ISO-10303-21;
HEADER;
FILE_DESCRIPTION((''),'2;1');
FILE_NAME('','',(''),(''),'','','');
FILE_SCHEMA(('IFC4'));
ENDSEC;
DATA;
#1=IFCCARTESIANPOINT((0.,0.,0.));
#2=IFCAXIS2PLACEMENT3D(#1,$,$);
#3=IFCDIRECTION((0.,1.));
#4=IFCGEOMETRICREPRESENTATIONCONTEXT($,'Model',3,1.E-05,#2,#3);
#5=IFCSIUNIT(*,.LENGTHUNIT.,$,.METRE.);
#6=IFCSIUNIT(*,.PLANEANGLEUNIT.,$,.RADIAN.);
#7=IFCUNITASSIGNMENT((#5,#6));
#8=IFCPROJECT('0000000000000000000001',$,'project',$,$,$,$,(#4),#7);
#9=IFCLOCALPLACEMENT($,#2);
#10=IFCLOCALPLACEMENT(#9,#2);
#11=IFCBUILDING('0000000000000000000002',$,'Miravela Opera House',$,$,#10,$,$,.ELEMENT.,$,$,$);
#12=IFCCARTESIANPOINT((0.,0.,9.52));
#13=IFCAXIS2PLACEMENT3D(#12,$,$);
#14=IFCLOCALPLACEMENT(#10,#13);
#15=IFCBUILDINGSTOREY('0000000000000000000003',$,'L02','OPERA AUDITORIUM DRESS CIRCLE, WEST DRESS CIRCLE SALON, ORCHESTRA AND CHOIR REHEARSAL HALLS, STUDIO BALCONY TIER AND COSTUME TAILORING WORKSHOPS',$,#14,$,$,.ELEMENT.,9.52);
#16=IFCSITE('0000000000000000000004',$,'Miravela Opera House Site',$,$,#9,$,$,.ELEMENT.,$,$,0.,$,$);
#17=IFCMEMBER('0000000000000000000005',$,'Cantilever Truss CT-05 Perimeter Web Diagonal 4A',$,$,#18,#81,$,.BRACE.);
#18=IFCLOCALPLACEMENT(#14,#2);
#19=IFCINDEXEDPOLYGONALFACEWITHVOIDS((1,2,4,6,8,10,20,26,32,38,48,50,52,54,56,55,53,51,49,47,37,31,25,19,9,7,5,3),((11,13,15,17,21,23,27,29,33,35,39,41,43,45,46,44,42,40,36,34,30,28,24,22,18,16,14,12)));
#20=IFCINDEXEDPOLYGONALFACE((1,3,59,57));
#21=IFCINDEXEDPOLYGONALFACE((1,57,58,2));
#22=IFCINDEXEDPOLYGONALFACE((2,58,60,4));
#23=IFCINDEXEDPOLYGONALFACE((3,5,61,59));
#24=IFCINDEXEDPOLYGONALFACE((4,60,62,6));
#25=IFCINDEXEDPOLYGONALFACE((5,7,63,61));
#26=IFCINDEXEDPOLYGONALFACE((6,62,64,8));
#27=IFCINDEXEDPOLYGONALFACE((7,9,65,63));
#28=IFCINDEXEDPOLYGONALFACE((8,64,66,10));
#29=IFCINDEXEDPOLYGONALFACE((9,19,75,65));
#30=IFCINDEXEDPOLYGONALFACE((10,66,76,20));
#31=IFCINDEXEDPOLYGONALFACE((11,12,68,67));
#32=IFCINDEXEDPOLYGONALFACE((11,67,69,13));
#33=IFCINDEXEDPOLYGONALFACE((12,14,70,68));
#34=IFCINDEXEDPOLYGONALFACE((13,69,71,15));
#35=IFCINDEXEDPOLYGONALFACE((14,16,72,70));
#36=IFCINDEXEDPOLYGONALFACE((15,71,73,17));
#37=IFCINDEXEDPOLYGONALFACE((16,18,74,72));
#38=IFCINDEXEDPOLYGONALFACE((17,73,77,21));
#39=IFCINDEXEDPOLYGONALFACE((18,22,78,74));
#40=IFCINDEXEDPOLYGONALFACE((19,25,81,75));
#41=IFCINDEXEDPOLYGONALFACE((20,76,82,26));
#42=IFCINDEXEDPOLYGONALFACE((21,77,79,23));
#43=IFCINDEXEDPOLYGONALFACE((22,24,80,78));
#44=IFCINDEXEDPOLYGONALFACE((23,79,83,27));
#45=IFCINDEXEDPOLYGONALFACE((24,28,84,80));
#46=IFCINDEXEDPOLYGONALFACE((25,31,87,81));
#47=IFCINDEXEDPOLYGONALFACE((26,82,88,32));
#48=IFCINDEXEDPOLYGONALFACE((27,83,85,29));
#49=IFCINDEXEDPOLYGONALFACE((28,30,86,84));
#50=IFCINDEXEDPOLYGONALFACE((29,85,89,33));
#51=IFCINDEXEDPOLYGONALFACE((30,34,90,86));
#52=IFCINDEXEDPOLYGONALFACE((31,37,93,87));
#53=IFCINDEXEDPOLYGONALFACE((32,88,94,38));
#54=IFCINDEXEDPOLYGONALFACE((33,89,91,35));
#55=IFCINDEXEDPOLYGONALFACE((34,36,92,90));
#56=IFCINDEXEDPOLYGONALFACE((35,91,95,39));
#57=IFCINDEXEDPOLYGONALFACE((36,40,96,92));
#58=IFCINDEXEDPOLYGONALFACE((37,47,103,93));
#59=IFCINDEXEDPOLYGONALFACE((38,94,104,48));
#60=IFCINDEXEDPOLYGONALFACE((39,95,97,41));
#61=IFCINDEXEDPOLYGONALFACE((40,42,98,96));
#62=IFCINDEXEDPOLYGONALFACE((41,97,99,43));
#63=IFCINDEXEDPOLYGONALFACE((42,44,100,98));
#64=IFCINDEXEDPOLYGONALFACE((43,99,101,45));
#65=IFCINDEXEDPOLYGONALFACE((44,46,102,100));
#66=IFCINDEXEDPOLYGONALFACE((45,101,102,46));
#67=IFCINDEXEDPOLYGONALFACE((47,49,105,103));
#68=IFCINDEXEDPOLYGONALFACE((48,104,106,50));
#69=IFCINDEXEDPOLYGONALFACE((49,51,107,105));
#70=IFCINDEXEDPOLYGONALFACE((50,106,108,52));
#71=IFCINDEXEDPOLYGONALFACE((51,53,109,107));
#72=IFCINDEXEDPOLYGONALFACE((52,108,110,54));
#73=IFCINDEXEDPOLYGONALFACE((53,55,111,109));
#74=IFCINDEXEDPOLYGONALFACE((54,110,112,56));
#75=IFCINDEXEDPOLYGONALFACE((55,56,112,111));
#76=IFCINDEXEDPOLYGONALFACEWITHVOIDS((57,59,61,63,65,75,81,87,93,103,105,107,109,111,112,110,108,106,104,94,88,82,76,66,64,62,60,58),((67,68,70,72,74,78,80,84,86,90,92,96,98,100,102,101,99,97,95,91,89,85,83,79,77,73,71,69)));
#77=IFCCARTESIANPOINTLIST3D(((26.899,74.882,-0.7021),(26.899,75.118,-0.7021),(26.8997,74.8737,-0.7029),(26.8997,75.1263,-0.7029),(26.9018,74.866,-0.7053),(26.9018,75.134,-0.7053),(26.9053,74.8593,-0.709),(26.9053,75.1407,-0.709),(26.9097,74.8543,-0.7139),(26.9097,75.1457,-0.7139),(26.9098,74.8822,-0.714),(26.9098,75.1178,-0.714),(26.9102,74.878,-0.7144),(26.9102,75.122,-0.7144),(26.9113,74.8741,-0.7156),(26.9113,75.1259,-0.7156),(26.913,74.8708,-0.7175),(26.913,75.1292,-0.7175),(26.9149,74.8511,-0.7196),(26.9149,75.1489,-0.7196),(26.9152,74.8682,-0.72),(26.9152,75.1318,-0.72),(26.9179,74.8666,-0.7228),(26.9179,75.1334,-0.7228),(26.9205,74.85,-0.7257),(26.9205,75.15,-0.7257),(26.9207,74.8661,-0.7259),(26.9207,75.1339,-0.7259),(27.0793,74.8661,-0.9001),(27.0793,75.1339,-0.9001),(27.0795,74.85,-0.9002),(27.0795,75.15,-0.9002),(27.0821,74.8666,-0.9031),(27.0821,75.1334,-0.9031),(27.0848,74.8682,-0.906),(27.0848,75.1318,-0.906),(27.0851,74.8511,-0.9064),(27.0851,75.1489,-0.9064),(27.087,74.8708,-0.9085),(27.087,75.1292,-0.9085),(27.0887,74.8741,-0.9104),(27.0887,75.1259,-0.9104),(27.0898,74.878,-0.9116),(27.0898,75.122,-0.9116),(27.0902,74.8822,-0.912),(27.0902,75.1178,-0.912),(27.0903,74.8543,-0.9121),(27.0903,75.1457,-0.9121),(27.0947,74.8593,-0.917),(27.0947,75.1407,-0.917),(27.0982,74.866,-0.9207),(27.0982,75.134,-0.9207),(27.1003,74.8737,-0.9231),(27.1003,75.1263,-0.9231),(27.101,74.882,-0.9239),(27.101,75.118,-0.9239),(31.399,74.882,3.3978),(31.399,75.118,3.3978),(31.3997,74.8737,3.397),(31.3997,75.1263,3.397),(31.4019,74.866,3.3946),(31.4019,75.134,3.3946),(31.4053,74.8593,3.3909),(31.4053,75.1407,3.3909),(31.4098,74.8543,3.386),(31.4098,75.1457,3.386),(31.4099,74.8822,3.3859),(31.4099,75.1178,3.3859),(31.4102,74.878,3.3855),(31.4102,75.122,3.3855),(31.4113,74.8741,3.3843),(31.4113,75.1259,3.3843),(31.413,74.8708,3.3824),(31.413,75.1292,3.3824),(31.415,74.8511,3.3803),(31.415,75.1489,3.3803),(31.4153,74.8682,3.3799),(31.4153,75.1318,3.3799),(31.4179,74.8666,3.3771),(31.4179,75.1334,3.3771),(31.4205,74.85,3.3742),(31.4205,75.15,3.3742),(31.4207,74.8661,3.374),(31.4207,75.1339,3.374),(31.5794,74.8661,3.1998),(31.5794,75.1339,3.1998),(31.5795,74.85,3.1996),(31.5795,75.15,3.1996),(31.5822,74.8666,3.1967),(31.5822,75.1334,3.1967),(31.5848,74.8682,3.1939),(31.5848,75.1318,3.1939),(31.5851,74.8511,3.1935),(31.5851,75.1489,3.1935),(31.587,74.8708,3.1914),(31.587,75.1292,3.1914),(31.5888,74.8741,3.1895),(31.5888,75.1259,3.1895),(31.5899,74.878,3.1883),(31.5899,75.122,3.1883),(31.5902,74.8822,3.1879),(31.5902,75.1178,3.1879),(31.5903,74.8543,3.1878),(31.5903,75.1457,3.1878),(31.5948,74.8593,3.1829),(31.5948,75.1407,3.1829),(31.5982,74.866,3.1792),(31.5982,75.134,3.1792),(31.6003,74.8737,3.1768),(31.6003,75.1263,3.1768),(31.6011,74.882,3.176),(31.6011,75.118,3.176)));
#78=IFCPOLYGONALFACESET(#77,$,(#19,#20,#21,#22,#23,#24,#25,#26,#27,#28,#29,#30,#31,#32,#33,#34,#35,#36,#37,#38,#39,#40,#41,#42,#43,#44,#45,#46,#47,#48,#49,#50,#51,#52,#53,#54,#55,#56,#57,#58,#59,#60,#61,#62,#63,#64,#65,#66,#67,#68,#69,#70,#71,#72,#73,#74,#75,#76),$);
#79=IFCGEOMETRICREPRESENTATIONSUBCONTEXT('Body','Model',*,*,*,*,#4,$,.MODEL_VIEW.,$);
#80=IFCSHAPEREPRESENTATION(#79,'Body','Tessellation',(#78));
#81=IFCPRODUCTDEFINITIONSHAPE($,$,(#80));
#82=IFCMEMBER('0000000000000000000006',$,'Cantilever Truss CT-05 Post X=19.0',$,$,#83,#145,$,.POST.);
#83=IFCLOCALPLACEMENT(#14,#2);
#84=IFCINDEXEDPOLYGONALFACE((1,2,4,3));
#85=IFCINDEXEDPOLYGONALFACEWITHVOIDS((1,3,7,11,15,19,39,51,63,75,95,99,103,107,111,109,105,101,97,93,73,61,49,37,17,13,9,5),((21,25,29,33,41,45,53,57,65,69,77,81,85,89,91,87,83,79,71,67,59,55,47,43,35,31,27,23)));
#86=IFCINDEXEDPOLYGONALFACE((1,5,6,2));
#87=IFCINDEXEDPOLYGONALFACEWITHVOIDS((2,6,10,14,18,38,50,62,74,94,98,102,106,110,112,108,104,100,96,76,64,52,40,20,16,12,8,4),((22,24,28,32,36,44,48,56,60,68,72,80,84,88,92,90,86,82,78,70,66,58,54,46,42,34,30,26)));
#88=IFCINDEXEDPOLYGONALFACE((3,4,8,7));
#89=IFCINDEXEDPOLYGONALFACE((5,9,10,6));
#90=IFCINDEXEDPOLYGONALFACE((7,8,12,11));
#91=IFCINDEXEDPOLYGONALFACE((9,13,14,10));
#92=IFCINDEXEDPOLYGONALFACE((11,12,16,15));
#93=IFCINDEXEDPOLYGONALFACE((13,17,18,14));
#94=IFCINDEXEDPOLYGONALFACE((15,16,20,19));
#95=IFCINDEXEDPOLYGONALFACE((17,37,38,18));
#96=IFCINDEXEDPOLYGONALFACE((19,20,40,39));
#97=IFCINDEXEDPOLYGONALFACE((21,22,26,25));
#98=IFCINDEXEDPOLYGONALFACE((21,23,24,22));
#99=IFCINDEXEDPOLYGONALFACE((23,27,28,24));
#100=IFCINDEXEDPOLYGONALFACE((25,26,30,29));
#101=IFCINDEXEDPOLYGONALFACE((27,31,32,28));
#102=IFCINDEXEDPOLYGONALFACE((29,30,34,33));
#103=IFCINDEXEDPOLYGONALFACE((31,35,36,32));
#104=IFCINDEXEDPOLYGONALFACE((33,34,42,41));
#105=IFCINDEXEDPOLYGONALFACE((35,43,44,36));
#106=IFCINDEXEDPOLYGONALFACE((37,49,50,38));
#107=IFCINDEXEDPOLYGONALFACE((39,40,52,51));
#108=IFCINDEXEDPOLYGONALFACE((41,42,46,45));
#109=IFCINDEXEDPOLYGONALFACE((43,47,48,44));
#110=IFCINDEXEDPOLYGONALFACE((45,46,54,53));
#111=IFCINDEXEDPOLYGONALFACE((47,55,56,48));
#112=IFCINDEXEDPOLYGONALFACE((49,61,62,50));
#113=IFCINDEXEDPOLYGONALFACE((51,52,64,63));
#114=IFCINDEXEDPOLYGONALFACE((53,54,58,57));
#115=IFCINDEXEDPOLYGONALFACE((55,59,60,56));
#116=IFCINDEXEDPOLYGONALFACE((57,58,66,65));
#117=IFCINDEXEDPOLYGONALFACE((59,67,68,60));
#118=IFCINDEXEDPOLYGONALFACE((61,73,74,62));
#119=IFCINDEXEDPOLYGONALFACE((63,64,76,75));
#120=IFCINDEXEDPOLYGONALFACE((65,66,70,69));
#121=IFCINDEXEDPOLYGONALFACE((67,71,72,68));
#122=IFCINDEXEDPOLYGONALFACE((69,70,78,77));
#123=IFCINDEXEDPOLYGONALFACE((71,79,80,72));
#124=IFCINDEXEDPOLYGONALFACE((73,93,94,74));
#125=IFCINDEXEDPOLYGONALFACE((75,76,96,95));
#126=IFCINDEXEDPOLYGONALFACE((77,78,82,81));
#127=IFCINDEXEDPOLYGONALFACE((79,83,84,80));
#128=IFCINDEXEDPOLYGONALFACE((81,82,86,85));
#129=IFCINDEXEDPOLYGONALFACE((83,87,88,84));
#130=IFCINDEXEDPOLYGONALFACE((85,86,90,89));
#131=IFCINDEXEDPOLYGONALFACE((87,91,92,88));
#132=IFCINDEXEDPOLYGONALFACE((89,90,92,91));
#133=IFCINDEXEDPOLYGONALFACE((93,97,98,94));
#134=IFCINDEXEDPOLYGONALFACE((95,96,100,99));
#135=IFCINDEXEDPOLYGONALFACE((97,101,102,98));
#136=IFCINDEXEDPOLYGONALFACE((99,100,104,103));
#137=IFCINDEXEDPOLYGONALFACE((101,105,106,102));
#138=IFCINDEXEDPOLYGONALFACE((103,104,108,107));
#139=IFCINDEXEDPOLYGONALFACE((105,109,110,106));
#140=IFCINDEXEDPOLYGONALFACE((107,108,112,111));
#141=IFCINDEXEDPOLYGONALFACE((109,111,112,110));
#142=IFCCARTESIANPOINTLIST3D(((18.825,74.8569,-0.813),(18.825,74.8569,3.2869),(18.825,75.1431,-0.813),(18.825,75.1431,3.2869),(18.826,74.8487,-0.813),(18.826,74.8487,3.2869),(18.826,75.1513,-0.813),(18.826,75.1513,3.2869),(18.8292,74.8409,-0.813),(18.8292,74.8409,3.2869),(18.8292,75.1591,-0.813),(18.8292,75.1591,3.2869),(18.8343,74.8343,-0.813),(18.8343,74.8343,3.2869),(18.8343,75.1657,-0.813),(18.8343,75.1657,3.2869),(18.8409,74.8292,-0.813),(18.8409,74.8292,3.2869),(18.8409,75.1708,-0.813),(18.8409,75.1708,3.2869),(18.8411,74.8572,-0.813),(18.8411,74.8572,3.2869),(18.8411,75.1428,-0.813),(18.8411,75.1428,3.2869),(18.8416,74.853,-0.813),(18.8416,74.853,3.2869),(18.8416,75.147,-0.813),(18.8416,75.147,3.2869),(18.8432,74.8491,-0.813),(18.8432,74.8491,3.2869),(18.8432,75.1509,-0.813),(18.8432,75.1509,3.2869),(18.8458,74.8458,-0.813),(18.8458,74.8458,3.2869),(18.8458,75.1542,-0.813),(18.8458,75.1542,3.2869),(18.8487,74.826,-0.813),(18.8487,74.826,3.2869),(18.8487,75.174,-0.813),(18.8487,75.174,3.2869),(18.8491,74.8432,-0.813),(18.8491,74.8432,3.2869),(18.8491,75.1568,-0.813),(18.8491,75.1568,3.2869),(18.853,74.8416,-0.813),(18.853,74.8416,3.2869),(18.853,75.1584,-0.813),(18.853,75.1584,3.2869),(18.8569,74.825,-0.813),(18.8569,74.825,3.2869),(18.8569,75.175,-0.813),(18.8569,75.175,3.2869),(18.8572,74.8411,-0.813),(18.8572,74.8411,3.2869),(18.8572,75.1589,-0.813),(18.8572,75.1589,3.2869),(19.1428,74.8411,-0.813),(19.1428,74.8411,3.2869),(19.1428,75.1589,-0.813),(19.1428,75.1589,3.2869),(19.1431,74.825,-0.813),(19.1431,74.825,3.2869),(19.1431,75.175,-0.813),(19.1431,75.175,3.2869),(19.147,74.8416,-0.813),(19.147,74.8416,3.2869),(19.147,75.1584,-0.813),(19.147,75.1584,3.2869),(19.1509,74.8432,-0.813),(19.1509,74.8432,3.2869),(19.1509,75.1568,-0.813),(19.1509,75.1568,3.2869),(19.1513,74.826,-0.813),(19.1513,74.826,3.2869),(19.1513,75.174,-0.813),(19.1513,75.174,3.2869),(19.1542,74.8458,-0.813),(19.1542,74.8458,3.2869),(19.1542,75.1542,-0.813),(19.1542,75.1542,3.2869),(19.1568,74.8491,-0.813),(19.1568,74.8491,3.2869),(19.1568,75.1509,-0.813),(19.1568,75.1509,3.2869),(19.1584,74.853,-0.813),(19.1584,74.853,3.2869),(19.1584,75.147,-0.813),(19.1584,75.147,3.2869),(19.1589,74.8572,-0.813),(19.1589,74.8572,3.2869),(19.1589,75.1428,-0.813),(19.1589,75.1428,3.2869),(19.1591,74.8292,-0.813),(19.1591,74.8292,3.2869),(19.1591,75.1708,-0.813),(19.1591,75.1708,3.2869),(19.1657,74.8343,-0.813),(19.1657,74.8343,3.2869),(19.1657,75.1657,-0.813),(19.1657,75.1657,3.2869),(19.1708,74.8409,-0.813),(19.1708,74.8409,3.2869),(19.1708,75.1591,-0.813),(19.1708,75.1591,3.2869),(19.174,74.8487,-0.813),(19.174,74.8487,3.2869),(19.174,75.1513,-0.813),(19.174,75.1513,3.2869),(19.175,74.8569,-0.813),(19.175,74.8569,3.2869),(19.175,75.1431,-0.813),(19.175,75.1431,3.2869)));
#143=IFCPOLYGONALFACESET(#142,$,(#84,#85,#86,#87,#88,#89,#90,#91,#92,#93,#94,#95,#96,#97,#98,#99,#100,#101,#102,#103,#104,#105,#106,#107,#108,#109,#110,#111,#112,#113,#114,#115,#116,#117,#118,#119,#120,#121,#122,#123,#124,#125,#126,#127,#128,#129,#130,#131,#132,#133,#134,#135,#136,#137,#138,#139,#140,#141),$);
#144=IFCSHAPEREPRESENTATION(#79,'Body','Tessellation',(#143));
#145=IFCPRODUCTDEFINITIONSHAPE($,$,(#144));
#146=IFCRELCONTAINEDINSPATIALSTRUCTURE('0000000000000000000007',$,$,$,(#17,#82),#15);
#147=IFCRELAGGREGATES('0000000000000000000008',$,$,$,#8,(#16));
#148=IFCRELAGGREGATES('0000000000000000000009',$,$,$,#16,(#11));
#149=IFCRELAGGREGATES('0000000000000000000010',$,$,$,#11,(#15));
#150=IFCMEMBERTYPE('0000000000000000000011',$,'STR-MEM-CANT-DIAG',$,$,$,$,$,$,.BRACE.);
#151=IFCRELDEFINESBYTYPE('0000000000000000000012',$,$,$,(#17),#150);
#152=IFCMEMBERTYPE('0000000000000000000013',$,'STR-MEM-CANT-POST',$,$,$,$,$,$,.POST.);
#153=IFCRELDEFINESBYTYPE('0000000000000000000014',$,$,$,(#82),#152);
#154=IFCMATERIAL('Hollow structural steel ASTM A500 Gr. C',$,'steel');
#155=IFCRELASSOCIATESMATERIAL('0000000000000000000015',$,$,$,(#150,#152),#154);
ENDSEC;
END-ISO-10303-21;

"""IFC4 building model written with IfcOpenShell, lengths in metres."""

from ifc_helpers import new_model, si_unit, direction, frame, origin, origin_2d, place, context, subcontext, project, spatial, hollow_rectangle, extrude, material, material_profile, profile_set, type_object, element, save


model = new_model("IFC4")

# Units and contexts
model_context = context("Model", 3, precision=1e-05, world=origin(), true_north=direction((0.0, 1.0)))
body_context = subcontext(model_context, "Body", "Model", "MODEL_VIEW")
ifc_project = project(units=[si_unit("LENGTHUNIT", "METRE"), si_unit("PLANEANGLEUNIT", "RADIAN")], contexts=[model_context])

# Site, building, storey
site_placement = place(None, origin())
site = spatial("IfcSite", under=ifc_project, at=site_placement, Name="Miravela Opera House Site", CompositionType="ELEMENT", RefElevation=0.0)
building_placement = place(site_placement, origin())
building = spatial("IfcBuilding", under=site, at=building_placement, Name="Miravela Opera House", CompositionType="ELEMENT")
storey_placement = place(building_placement, frame((0.0, 0.0, 9.52)))
storey = spatial("IfcBuildingStorey", under=building, at=storey_placement, Name="L02", Description="OPERA AUDITORIUM DRESS CIRCLE, WEST DRESS CIRCLE SALON, ORCHESTRA AND CHOIR REHEARSAL HALLS, STUDIO BALCONY TIER AND COSTUME TAILORING WORKSHOPS", CompositionType="ELEMENT", Elevation=9.52)

# Members
ifc_material_1 = material(Name="Hollow structural steel ASTM A500 Gr. C", Category="steel")
ifc_material_profile_1 = material_profile(ifc_material_1, hollow_rectangle(XDim=0.3, YDim=0.3, WallThickness=0.0161, InnerFilletRadius=0.0161, OuterFilletRadius=0.032, at=origin_2d()), Name="HSS300X300X16")
ifc_profile_set_1 = profile_set([ifc_material_profile_1])
member_type_1 = type_object("IfcMemberType", Name="STR-MEM-CANT-DIAG", PredefinedType="BRACE", material=ifc_profile_set_1)
member_placement = place(storey_placement, frame((27.0, 75.0, -0.813), z_axis=(0.739208, 0.0, 0.673477), x_axis=(0.0, 1.0, 0.0)))
element("IfcMember", 1, at=member_placement, inside=storey, type_object=member_type_1, Name="Cantilever Truss CT-05 Perimeter Web Diagonal 4A", PredefinedType="BRACE", context=body_context, shape_type="SweptSolid", body=[
    extrude(hollow_rectangle(XDim=0.3, YDim=0.3, WallThickness=0.0161, InnerFilletRadius=0.0161, OuterFilletRadius=0.032, at=origin_2d()), origin(), (0.0, 0.0, 1.0), 6.0876),
])
ifc_material_profile_2 = material_profile(ifc_material_1, hollow_rectangle(XDim=0.3501, YDim=0.3501, WallThickness=0.0161, InnerFilletRadius=0.0161, OuterFilletRadius=0.032, at=origin_2d()), Name="HSS350X350X16")
ifc_profile_set_2 = profile_set([ifc_material_profile_2])
member_type_2 = type_object("IfcMemberType", Name="STR-MEM-CANT-POST", PredefinedType="POST", material=ifc_profile_set_2)
for number, where, z_axis, x_axis, name in (
    (2, (19.0, 75.0, -0.813), (0.0, 0.0, 1.0), (1.0, 0.0, 0.0), "Cantilever Truss CT-05 Post X=19.0"),
):
    element("IfcMember", number, at=place(storey_placement, frame(where, z_axis=z_axis, x_axis=x_axis)), inside=storey, type_object=member_type_2, Name=name, PredefinedType="POST", context=body_context, shape_type="SweptSolid", body=[
        extrude(hollow_rectangle(XDim=0.3501, YDim=0.3501, WallThickness=0.0161, InnerFilletRadius=0.0161, OuterFilletRadius=0.032, at=origin_2d()), origin(), (0.0, 0.0, 1.0), 4.0999),
    ])

save(model, "model.ifc")
